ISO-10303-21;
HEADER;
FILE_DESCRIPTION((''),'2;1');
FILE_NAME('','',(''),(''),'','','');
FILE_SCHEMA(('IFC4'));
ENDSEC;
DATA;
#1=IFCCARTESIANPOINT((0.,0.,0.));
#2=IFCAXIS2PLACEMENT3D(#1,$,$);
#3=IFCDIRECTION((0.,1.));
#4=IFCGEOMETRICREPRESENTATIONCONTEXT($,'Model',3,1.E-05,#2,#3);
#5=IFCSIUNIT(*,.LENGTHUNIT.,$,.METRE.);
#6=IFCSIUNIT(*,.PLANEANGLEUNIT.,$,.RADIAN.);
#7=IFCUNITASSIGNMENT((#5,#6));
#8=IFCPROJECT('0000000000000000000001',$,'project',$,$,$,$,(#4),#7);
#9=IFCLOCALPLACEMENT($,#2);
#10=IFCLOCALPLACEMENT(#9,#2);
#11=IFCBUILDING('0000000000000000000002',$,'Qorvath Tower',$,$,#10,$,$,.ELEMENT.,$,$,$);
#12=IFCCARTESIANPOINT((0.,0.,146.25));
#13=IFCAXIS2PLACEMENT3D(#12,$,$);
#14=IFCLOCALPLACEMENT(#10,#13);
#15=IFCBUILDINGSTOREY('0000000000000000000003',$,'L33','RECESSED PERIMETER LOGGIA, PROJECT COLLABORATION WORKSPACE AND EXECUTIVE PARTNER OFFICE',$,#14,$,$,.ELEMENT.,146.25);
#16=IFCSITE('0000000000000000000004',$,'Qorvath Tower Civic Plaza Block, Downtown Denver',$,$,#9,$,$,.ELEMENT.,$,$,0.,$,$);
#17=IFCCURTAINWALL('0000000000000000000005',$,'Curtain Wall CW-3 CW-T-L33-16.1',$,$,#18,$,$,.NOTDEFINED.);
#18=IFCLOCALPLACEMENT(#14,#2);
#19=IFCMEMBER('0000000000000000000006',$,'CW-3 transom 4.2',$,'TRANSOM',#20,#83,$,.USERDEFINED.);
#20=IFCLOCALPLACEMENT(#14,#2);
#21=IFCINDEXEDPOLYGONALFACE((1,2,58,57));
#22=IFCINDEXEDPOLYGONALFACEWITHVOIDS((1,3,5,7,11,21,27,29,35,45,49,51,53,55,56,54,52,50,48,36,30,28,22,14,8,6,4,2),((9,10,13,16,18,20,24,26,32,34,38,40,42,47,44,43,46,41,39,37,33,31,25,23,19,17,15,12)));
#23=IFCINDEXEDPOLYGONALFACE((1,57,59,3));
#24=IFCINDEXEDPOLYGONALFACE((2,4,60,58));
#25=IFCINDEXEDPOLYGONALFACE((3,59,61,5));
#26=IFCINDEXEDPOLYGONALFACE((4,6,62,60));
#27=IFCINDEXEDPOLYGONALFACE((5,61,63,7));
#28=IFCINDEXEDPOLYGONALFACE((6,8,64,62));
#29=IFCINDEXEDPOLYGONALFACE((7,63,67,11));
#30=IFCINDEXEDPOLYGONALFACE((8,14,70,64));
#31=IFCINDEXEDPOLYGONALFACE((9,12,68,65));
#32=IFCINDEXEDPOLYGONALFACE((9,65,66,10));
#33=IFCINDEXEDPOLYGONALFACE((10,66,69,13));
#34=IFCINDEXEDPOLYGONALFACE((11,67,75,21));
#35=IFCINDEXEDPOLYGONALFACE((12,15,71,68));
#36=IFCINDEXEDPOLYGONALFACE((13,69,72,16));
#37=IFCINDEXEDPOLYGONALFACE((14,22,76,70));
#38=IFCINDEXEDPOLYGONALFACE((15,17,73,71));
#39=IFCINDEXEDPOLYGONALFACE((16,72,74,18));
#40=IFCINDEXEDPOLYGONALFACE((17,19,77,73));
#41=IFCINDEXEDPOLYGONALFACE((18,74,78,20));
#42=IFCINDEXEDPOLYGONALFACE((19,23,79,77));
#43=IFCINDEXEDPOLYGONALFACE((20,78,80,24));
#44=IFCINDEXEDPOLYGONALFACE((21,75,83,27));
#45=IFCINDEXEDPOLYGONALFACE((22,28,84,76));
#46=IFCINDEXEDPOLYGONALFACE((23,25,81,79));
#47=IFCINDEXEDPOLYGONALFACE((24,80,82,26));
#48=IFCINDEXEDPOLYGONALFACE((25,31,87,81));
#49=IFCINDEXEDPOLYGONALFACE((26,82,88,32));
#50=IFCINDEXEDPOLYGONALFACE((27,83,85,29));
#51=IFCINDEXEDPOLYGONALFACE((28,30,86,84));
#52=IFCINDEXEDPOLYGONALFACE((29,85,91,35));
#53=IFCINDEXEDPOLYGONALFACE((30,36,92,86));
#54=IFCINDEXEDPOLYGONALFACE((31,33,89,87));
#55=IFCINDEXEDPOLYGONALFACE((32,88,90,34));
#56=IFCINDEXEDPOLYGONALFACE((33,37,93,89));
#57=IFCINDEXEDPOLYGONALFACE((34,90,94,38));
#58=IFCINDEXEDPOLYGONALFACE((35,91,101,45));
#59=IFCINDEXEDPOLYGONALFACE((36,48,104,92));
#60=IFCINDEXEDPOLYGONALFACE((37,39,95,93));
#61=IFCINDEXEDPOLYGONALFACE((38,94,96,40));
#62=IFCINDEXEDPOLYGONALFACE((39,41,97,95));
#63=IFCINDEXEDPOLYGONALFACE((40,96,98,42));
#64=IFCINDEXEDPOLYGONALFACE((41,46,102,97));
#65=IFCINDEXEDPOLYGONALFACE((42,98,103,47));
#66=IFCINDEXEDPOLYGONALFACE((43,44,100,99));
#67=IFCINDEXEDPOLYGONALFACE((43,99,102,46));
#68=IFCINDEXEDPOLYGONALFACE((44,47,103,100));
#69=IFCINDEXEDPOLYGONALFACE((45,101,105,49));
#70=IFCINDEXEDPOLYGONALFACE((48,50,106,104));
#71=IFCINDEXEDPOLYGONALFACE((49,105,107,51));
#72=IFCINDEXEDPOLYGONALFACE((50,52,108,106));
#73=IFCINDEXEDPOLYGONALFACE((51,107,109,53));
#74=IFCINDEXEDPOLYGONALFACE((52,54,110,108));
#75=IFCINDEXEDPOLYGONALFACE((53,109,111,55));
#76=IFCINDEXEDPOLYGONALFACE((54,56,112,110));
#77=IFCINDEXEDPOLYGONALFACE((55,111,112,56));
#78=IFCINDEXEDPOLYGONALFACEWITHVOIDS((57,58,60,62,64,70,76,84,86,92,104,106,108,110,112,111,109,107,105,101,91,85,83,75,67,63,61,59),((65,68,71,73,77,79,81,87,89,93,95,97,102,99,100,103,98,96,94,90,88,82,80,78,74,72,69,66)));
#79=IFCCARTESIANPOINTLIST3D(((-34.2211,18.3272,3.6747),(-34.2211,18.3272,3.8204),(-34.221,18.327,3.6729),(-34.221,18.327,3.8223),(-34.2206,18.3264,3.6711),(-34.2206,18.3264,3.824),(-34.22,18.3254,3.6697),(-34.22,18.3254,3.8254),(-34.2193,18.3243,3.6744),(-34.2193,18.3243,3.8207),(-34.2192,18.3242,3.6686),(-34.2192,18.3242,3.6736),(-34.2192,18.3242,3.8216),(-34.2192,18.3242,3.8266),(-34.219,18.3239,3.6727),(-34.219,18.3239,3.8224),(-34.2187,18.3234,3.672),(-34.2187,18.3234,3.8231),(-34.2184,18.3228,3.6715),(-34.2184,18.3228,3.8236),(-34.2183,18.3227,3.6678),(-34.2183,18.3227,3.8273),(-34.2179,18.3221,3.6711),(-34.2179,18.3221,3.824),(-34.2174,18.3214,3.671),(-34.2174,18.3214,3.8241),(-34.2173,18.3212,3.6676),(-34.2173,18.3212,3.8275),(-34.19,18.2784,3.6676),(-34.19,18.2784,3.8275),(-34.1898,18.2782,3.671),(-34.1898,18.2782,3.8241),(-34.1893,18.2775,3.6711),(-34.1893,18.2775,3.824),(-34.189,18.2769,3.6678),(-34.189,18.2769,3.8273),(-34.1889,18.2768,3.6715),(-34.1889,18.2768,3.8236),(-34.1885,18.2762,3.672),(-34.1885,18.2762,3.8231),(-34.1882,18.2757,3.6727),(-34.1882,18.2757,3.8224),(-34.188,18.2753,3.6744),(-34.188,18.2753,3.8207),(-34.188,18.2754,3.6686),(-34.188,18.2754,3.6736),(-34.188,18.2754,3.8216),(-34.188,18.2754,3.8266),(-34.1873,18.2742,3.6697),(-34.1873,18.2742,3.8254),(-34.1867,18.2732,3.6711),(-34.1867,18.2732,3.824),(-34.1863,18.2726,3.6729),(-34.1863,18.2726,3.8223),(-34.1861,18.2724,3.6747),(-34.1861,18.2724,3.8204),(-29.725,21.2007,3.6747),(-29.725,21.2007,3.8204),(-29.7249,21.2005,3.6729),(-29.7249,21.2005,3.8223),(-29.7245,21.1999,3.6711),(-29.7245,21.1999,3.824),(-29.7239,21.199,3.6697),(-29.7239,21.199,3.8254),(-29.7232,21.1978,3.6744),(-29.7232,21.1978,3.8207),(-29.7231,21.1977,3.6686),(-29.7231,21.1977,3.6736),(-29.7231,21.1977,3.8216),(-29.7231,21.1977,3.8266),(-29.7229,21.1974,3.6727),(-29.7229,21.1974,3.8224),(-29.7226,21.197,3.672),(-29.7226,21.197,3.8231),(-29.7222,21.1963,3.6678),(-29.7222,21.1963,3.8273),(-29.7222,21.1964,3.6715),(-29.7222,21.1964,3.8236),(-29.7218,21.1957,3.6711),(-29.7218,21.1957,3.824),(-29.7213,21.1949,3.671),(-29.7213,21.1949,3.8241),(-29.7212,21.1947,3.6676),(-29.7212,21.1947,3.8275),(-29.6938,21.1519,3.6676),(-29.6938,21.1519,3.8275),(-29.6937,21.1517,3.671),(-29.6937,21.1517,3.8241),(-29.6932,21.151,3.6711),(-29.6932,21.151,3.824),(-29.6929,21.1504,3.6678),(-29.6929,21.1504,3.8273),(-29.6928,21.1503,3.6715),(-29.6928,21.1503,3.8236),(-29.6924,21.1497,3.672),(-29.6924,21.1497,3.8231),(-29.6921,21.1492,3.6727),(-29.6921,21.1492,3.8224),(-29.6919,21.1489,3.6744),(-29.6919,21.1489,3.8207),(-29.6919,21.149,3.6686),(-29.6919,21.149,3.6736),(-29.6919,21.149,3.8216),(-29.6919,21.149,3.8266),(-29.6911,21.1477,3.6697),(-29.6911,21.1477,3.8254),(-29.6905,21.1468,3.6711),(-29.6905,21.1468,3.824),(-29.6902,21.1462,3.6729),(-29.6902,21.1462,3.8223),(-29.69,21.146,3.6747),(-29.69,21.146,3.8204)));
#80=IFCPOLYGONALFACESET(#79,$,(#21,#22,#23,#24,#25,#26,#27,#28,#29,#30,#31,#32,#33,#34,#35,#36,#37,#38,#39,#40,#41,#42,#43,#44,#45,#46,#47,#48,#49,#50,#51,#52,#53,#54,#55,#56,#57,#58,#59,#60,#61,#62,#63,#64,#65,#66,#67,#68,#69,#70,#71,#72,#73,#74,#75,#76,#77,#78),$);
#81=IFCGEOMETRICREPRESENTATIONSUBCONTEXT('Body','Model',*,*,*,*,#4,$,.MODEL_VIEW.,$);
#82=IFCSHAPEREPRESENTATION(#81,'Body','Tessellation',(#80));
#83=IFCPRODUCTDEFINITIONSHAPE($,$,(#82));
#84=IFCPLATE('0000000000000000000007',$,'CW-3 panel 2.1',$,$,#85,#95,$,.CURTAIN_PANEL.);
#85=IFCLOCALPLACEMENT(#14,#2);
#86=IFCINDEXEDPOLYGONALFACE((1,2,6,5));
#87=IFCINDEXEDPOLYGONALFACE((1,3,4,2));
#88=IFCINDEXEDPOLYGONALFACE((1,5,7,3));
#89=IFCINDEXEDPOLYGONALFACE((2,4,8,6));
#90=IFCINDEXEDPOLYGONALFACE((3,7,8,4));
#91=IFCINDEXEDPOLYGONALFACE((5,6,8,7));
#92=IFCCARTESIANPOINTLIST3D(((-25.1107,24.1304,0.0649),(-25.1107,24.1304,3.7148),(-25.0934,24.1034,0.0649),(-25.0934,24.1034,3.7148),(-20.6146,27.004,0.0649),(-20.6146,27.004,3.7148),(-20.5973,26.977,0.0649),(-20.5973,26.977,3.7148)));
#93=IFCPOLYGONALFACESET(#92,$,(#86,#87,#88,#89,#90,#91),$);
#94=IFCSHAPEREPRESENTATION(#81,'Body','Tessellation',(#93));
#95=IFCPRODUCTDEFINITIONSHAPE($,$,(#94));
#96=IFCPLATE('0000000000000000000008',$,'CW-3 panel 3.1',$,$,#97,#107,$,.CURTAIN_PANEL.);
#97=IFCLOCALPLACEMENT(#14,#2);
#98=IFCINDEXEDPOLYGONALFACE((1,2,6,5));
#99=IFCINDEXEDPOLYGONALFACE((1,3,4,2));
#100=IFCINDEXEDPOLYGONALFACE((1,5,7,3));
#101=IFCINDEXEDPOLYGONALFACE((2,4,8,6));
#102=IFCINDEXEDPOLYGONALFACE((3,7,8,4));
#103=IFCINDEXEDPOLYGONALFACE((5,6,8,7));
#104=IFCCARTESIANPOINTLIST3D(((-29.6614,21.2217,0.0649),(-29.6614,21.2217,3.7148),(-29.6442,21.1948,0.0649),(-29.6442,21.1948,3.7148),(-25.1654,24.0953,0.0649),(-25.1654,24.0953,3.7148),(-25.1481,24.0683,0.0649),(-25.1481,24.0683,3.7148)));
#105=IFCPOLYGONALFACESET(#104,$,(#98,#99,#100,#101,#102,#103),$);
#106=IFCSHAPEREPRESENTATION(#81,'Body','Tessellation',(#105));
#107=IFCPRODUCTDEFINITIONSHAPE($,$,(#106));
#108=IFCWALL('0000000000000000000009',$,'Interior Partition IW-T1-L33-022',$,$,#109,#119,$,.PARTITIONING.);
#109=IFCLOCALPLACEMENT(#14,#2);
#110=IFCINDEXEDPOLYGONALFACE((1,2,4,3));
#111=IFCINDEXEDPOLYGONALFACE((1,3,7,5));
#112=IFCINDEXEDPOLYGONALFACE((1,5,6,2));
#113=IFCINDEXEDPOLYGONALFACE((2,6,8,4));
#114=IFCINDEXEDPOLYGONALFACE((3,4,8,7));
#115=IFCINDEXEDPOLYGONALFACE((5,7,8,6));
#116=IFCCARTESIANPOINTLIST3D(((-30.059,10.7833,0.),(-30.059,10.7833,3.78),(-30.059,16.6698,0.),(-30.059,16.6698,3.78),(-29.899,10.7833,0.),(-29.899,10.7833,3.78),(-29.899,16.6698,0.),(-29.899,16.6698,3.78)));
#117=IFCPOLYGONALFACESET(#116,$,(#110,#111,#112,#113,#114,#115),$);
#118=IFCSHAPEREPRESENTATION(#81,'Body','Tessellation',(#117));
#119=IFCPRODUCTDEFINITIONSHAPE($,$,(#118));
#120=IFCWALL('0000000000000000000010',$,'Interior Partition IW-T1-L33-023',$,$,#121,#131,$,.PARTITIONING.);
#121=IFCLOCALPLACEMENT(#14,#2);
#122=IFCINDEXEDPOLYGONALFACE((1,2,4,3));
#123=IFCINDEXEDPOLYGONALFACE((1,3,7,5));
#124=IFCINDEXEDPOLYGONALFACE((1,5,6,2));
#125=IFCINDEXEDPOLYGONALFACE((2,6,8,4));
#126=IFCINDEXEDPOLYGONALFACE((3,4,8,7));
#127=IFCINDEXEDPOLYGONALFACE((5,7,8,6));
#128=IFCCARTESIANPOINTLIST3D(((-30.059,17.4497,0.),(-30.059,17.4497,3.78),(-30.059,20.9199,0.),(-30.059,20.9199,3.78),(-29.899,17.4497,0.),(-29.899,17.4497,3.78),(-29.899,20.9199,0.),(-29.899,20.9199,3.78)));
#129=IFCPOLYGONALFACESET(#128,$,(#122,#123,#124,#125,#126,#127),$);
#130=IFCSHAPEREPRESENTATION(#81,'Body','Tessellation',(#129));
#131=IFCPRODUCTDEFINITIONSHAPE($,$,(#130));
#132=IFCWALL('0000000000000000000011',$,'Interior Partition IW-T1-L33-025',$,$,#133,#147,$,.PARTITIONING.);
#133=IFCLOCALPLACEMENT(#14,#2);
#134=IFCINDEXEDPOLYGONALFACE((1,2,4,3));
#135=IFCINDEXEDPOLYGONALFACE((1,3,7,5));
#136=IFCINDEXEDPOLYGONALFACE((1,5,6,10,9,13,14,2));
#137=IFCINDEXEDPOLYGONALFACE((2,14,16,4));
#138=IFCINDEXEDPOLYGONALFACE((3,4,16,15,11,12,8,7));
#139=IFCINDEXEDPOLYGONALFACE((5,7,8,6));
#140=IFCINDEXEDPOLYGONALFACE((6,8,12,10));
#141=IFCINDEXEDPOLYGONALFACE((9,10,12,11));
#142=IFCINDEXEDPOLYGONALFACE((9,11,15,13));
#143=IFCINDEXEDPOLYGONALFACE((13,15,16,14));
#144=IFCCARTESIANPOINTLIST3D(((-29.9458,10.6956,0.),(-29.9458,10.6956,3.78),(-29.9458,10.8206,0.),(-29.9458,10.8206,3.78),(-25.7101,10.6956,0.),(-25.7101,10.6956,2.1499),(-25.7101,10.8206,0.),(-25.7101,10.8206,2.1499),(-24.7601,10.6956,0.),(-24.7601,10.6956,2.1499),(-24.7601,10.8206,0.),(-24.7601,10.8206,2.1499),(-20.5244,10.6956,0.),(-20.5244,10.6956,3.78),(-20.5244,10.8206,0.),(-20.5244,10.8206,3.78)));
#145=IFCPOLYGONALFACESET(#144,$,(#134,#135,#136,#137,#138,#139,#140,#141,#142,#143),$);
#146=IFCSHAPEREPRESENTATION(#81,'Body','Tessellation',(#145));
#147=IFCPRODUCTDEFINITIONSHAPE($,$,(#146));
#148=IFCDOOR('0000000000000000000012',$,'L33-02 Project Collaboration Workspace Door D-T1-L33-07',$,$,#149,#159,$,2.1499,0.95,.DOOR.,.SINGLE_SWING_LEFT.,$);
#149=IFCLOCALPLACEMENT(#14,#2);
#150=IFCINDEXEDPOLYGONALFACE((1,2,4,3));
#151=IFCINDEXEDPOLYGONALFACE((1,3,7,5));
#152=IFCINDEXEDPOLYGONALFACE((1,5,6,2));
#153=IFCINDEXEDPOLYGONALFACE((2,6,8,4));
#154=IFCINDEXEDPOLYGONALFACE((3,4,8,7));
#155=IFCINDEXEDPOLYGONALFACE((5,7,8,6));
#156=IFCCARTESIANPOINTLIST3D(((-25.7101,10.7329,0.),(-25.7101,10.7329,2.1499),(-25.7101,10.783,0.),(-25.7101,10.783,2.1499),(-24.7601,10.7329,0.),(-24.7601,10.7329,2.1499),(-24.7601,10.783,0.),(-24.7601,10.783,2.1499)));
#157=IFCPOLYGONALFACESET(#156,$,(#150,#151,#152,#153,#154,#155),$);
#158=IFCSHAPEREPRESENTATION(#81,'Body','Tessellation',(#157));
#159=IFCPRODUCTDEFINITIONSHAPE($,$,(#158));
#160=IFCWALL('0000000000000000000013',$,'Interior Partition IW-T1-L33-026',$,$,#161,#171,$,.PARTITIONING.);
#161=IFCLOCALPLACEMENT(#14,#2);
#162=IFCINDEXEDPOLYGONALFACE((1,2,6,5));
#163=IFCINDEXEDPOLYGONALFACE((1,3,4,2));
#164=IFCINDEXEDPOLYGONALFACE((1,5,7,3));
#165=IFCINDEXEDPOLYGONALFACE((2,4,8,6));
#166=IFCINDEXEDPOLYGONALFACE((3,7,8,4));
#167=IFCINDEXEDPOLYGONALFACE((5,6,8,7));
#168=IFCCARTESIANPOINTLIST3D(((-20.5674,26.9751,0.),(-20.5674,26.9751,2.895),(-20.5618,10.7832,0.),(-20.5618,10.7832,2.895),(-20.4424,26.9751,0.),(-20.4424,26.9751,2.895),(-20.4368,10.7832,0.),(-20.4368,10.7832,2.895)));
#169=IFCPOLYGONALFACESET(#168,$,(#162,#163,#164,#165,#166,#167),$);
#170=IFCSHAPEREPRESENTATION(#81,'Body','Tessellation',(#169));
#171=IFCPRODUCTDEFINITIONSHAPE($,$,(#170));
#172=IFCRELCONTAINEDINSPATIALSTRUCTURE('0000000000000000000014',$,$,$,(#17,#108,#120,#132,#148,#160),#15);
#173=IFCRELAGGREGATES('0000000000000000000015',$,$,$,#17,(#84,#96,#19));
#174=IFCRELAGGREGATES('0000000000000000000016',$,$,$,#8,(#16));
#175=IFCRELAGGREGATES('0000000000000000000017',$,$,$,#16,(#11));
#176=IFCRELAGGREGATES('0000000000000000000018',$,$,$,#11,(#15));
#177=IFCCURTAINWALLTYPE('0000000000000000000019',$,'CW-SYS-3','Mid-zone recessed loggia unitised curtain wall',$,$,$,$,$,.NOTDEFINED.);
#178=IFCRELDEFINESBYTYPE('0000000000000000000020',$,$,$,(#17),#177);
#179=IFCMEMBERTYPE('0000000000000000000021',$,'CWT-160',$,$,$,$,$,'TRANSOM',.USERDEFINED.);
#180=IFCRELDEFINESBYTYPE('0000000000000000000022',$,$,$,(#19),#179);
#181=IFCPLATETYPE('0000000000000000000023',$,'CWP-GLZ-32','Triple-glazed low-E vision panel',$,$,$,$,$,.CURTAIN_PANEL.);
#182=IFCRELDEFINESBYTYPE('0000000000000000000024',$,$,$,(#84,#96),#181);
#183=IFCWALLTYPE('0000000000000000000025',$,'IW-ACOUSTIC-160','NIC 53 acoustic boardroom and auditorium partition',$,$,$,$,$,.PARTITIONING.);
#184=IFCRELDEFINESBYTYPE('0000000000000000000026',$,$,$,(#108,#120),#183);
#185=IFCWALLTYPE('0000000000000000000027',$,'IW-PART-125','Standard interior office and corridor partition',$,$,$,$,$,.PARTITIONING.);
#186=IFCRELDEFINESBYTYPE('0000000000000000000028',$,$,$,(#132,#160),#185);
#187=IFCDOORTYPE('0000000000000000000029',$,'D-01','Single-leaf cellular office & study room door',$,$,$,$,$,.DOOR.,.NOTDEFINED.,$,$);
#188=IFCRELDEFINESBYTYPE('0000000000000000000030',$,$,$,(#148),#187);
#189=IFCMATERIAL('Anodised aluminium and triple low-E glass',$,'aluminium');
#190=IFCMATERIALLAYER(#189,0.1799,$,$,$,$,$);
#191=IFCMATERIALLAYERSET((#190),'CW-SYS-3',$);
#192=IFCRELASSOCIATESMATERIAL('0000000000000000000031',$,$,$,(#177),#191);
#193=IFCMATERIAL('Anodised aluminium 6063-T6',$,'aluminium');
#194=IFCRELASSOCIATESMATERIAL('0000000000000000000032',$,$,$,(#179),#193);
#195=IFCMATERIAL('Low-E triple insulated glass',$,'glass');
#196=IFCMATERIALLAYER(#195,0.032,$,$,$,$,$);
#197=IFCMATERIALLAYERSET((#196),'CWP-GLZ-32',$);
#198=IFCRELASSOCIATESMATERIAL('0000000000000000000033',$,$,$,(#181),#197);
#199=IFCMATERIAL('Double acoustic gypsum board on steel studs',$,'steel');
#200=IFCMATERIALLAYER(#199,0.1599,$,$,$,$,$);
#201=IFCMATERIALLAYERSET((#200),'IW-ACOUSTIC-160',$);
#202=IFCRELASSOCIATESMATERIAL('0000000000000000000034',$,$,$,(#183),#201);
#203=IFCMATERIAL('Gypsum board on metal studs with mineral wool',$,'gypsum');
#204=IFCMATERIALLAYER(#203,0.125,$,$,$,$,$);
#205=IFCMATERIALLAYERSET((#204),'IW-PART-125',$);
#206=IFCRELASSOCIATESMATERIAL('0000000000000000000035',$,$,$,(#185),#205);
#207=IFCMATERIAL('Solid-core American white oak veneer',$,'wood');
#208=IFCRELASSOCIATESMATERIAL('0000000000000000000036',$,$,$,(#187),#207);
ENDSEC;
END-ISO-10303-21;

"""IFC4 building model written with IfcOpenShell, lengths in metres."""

from ifc_helpers import new_model, si_unit, direction, frame, frame_2d, origin, origin_2d, place, context, subcontext, project, spatial, rectangle, hollow_rectangle, extrude, material, layer, layer_set, material_profile, profile_set, type_object, element, fill, aggregate, save


model = new_model("IFC4")

# Units and contexts
model_context = context("Model", 3, precision=1e-05, world=origin(), true_north=direction((0.0, 1.0)))
body_context = subcontext(model_context, "Body", "Model", "MODEL_VIEW")
ifc_project = project(units=[si_unit("LENGTHUNIT", "METRE"), si_unit("PLANEANGLEUNIT", "RADIAN")], contexts=[model_context])

# Site, building, storey
site_placement = place(None, origin())
site = spatial("IfcSite", under=ifc_project, at=site_placement, Name="Qorvath Tower Civic Plaza Block, Downtown Denver", CompositionType="ELEMENT", RefElevation=0.0)
building_placement = place(site_placement, origin())
building = spatial("IfcBuilding", under=site, at=building_placement, Name="Qorvath Tower", CompositionType="ELEMENT")
storey_placement = place(building_placement, frame((0.0, 0.0, 146.25)))
storey = spatial("IfcBuildingStorey", under=building, at=storey_placement, Name="L33", Description="RECESSED PERIMETER LOGGIA, PROJECT COLLABORATION WORKSPACE AND EXECUTIVE PARTNER OFFICE", CompositionType="ELEMENT", Elevation=146.25)

# Curtain wall, member, plates
ifc_material_1 = material(Name="Anodised aluminium and triple low-E glass", Category="aluminium")
ifc_layer_1 = layer(ifc_material_1, 0.1799)
ifc_layer_set_1 = layer_set([ifc_layer_1], Name="CW-SYS-3")
curtain_wall_type = type_object("IfcCurtainWallType", Name="CW-SYS-3", Description="Mid-zone recessed loggia unitised curtain wall", PredefinedType="NOTDEFINED", material=ifc_layer_set_1)
curtain_wall_placement = place(storey_placement, origin())
curtain_wall = element("IfcCurtainWall", 1, at=curtain_wall_placement, inside=storey, type_object=curtain_wall_type, Name="Curtain Wall CW-3 CW-T-L33-16.1", PredefinedType="NOTDEFINED")
ifc_material_2 = material(Name="Anodised aluminium 6063-T6", Category="aluminium")
ifc_material_profile_1 = material_profile(ifc_material_2, hollow_rectangle(XDim=0.0649, YDim=0.1599, WallThickness=0.0034, InnerFilletRadius=0.0034, OuterFilletRadius=0.0071, at=origin_2d()), Name="CWT 160x65")
ifc_profile_set_1 = profile_set([ifc_material_profile_1], Name="Anodised aluminium 6063-T6")
member_type_1 = type_object("IfcMemberType", Name="CWT-160", ElementType="TRANSOM", PredefinedType="USERDEFINED", material=ifc_profile_set_1)
member_1_placement = place(storey_placement, frame((-29.7075, 21.1733, 3.7476), z_axis=(-0.842609, -0.538526, 0.0), x_axis=(0.538526, -0.842609, 0.0)))
member_1 = element("IfcMember", 2, at=member_1_placement, type_object=member_type_1, Name="CW-3 transom 4.2", ObjectType="TRANSOM", PredefinedType="USERDEFINED", context=body_context, shape_type="SweptSolid", body=[
    extrude(hollow_rectangle(XDim=0.0649, YDim=0.1599, WallThickness=0.0034, InnerFilletRadius=0.0034, OuterFilletRadius=0.0071, at=origin_2d()), origin(), (0.0, 0.0, 1.0), 5.3359),
])
ifc_material_3 = material(Name="Low-E triple insulated glass", Category="glass")
ifc_layer_2 = layer(ifc_material_3, 0.032)
ifc_layer_set_2 = layer_set([ifc_layer_2], Name="CWP-GLZ-32")
plate_type = type_object("IfcPlateType", Name="CWP-GLZ-32", Description="Triple-glazed low-E vision panel", PredefinedType="CURTAIN_PANEL", material=ifc_layer_set_2)
plate_1_placement = place(storey_placement, frame((-22.854, 25.5537, 0.0649), z_axis=(0.0, 0.0, 1.0), x_axis=(-0.842604, -0.538533, 0.0)))
plate_1 = element("IfcPlate", 3, at=plate_1_placement, type_object=plate_type, Name="CW-3 panel 2.1", PredefinedType="CURTAIN_PANEL", context=body_context, shape_type="SweptSolid", body=[
    extrude(rectangle(XDim=5.3359, YDim=0.032, at=origin_2d()), origin(), (0.0, 0.0, 1.0), 3.6499),
])
plate_2_placement = place(storey_placement, frame((-27.4048, 22.645, 0.0649), z_axis=(0.0, 0.0, 1.0), x_axis=(-0.842604, -0.538533, 0.0)))
plate_2 = element("IfcPlate", 4, at=plate_2_placement, type_object=plate_type, Name="CW-3 panel 3.1", PredefinedType="CURTAIN_PANEL", context=body_context, shape_type="SweptSolid", body=[
    extrude(rectangle(XDim=5.3359, YDim=0.032, at=origin_2d()), origin(), (0.0, 0.0, 1.0), 3.6499),
])
aggregate(curtain_wall, [plate_1, plate_2, member_1])

# Walls
ifc_material_4 = material(Name="Double acoustic gypsum board on steel studs", Category="steel")
ifc_layer_3 = layer(ifc_material_4, 0.1599)
ifc_layer_set_3 = layer_set([ifc_layer_3], Name="IW-ACOUSTIC-160")
wall_type_1 = type_object("IfcWallType", Name="IW-ACOUSTIC-160", Description="NIC 53 acoustic boardroom and auditorium partition", PredefinedType="PARTITIONING", material=ifc_layer_set_3)
wall_1_placement = place(storey_placement, frame((-29.979, 10.7832, 0.0), z_axis=(0.0, 0.0, 1.0), x_axis=(0.0, 1.0, 0.0)))
element("IfcWall", 5, at=wall_1_placement, inside=storey, type_object=wall_type_1, Name="Interior Partition IW-T1-L33-022", PredefinedType="PARTITIONING", context=body_context, shape_type="SweptSolid", body=[
    extrude(rectangle(XDim=5.8865, YDim=0.1599, at=frame_2d((2.9434, 0.0))), origin(), (0.0, 0.0, 1.0), 3.78),
])
wall_2_placement = place(storey_placement, frame((-29.979, 17.4497, 0.0), z_axis=(0.0, 0.0, 1.0), x_axis=(0.0, 1.0, 0.0)))
element("IfcWall", 6, at=wall_2_placement, inside=storey, type_object=wall_type_1, Name="Interior Partition IW-T1-L33-023", PredefinedType="PARTITIONING", context=body_context, shape_type="SweptSolid", body=[
    extrude(rectangle(XDim=3.4702, YDim=0.1599, at=frame_2d((1.7351, 0.0))), origin(), (0.0, 0.0, 1.0), 3.78),
])

# Wall, opening, door
ifc_material_5 = material(Name="Gypsum board on metal studs with mineral wool", Category="gypsum")
ifc_layer_4 = layer(ifc_material_5, 0.125)
ifc_layer_set_4 = layer_set([ifc_layer_4], Name="IW-PART-125")
wall_type_2 = type_object("IfcWallType", Name="IW-PART-125", Description="Standard interior office and corridor partition", PredefinedType="PARTITIONING", material=ifc_layer_set_4)
wall_3_placement = place(storey_placement, frame((-29.9458, 10.7581, 0.0), z_axis=(0.0, 0.0, 1.0), x_axis=(1.0, 0.0, 0.0)))
wall_3 = element("IfcWall", 7, at=wall_3_placement, inside=storey, type_object=wall_type_2, Name="Interior Partition IW-T1-L33-025", PredefinedType="PARTITIONING", context=body_context, shape_type="SweptSolid", body=[
    extrude(rectangle(XDim=9.4214, YDim=0.125, at=frame_2d((4.7107, 0.0))), origin(), (0.0, 0.0, 1.0), 3.78),
])
opening_1_placement = place(wall_3_placement, frame((4.2356, 0.0, 0.0)))
opening_1 = element("IfcOpeningElement", 8, at=opening_1_placement, cuts=wall_3, PredefinedType="OPENING", context=body_context, shape_type="SweptSolid", body=[
    extrude(rectangle(XDim=0.95, YDim=2.1499, at=frame_2d((0.4751, 1.075))), frame((0.0, 0.0725, 0.0), z_axis=(0.0, -1.0, 0.0), x_axis=(1.0, 0.0, 0.0)), (0.0, 0.0, 1.0), 0.145),
])
ifc_material_6 = material(Name="Solid-core American white oak veneer", Category="wood")
door_type = type_object("IfcDoorType", Name="D-01", Description="Single-leaf cellular office & study room door", OperationType="NOTDEFINED", PredefinedType="DOOR", material=ifc_material_6)
door_1_placement = place(opening_1_placement, origin())
door_1 = element("IfcDoor", 9, at=door_1_placement, inside=storey, type_object=door_type, Name="L33-02 Project Collaboration Workspace Door D-T1-L33-07", OperationType="SINGLE_SWING_LEFT", OverallHeight=2.1499, OverallWidth=0.95, PredefinedType="DOOR", context=body_context, shape_type="SweptSolid", body=[
    extrude(rectangle(XDim=0.95, YDim=2.1499, at=frame_2d((0.4751, 1.075))), frame((0.0, 0.0249, 0.0), z_axis=(0.0, -1.0, 0.0), x_axis=(1.0, 0.0, 0.0)), (0.0, 0.0, 1.0), 0.05),
])
fill(opening_1, door_1)

# Wall
wall_4_placement = place(storey_placement, frame((-20.4993, 10.7832, 0.0), z_axis=(0.0, 0.0, 1.0), x_axis=(-0.000347, 1.0, 0.0)))
element("IfcWall", 10, at=wall_4_placement, inside=storey, type_object=wall_type_2, Name="Interior Partition IW-T1-L33-026", PredefinedType="PARTITIONING", context=body_context, shape_type="SweptSolid", body=[
    extrude(rectangle(XDim=16.1919, YDim=0.125, at=frame_2d((8.0959, 0.0))), origin(), (0.0, 0.0, 1.0), 2.895),
])

save(model, "model.ifc")
